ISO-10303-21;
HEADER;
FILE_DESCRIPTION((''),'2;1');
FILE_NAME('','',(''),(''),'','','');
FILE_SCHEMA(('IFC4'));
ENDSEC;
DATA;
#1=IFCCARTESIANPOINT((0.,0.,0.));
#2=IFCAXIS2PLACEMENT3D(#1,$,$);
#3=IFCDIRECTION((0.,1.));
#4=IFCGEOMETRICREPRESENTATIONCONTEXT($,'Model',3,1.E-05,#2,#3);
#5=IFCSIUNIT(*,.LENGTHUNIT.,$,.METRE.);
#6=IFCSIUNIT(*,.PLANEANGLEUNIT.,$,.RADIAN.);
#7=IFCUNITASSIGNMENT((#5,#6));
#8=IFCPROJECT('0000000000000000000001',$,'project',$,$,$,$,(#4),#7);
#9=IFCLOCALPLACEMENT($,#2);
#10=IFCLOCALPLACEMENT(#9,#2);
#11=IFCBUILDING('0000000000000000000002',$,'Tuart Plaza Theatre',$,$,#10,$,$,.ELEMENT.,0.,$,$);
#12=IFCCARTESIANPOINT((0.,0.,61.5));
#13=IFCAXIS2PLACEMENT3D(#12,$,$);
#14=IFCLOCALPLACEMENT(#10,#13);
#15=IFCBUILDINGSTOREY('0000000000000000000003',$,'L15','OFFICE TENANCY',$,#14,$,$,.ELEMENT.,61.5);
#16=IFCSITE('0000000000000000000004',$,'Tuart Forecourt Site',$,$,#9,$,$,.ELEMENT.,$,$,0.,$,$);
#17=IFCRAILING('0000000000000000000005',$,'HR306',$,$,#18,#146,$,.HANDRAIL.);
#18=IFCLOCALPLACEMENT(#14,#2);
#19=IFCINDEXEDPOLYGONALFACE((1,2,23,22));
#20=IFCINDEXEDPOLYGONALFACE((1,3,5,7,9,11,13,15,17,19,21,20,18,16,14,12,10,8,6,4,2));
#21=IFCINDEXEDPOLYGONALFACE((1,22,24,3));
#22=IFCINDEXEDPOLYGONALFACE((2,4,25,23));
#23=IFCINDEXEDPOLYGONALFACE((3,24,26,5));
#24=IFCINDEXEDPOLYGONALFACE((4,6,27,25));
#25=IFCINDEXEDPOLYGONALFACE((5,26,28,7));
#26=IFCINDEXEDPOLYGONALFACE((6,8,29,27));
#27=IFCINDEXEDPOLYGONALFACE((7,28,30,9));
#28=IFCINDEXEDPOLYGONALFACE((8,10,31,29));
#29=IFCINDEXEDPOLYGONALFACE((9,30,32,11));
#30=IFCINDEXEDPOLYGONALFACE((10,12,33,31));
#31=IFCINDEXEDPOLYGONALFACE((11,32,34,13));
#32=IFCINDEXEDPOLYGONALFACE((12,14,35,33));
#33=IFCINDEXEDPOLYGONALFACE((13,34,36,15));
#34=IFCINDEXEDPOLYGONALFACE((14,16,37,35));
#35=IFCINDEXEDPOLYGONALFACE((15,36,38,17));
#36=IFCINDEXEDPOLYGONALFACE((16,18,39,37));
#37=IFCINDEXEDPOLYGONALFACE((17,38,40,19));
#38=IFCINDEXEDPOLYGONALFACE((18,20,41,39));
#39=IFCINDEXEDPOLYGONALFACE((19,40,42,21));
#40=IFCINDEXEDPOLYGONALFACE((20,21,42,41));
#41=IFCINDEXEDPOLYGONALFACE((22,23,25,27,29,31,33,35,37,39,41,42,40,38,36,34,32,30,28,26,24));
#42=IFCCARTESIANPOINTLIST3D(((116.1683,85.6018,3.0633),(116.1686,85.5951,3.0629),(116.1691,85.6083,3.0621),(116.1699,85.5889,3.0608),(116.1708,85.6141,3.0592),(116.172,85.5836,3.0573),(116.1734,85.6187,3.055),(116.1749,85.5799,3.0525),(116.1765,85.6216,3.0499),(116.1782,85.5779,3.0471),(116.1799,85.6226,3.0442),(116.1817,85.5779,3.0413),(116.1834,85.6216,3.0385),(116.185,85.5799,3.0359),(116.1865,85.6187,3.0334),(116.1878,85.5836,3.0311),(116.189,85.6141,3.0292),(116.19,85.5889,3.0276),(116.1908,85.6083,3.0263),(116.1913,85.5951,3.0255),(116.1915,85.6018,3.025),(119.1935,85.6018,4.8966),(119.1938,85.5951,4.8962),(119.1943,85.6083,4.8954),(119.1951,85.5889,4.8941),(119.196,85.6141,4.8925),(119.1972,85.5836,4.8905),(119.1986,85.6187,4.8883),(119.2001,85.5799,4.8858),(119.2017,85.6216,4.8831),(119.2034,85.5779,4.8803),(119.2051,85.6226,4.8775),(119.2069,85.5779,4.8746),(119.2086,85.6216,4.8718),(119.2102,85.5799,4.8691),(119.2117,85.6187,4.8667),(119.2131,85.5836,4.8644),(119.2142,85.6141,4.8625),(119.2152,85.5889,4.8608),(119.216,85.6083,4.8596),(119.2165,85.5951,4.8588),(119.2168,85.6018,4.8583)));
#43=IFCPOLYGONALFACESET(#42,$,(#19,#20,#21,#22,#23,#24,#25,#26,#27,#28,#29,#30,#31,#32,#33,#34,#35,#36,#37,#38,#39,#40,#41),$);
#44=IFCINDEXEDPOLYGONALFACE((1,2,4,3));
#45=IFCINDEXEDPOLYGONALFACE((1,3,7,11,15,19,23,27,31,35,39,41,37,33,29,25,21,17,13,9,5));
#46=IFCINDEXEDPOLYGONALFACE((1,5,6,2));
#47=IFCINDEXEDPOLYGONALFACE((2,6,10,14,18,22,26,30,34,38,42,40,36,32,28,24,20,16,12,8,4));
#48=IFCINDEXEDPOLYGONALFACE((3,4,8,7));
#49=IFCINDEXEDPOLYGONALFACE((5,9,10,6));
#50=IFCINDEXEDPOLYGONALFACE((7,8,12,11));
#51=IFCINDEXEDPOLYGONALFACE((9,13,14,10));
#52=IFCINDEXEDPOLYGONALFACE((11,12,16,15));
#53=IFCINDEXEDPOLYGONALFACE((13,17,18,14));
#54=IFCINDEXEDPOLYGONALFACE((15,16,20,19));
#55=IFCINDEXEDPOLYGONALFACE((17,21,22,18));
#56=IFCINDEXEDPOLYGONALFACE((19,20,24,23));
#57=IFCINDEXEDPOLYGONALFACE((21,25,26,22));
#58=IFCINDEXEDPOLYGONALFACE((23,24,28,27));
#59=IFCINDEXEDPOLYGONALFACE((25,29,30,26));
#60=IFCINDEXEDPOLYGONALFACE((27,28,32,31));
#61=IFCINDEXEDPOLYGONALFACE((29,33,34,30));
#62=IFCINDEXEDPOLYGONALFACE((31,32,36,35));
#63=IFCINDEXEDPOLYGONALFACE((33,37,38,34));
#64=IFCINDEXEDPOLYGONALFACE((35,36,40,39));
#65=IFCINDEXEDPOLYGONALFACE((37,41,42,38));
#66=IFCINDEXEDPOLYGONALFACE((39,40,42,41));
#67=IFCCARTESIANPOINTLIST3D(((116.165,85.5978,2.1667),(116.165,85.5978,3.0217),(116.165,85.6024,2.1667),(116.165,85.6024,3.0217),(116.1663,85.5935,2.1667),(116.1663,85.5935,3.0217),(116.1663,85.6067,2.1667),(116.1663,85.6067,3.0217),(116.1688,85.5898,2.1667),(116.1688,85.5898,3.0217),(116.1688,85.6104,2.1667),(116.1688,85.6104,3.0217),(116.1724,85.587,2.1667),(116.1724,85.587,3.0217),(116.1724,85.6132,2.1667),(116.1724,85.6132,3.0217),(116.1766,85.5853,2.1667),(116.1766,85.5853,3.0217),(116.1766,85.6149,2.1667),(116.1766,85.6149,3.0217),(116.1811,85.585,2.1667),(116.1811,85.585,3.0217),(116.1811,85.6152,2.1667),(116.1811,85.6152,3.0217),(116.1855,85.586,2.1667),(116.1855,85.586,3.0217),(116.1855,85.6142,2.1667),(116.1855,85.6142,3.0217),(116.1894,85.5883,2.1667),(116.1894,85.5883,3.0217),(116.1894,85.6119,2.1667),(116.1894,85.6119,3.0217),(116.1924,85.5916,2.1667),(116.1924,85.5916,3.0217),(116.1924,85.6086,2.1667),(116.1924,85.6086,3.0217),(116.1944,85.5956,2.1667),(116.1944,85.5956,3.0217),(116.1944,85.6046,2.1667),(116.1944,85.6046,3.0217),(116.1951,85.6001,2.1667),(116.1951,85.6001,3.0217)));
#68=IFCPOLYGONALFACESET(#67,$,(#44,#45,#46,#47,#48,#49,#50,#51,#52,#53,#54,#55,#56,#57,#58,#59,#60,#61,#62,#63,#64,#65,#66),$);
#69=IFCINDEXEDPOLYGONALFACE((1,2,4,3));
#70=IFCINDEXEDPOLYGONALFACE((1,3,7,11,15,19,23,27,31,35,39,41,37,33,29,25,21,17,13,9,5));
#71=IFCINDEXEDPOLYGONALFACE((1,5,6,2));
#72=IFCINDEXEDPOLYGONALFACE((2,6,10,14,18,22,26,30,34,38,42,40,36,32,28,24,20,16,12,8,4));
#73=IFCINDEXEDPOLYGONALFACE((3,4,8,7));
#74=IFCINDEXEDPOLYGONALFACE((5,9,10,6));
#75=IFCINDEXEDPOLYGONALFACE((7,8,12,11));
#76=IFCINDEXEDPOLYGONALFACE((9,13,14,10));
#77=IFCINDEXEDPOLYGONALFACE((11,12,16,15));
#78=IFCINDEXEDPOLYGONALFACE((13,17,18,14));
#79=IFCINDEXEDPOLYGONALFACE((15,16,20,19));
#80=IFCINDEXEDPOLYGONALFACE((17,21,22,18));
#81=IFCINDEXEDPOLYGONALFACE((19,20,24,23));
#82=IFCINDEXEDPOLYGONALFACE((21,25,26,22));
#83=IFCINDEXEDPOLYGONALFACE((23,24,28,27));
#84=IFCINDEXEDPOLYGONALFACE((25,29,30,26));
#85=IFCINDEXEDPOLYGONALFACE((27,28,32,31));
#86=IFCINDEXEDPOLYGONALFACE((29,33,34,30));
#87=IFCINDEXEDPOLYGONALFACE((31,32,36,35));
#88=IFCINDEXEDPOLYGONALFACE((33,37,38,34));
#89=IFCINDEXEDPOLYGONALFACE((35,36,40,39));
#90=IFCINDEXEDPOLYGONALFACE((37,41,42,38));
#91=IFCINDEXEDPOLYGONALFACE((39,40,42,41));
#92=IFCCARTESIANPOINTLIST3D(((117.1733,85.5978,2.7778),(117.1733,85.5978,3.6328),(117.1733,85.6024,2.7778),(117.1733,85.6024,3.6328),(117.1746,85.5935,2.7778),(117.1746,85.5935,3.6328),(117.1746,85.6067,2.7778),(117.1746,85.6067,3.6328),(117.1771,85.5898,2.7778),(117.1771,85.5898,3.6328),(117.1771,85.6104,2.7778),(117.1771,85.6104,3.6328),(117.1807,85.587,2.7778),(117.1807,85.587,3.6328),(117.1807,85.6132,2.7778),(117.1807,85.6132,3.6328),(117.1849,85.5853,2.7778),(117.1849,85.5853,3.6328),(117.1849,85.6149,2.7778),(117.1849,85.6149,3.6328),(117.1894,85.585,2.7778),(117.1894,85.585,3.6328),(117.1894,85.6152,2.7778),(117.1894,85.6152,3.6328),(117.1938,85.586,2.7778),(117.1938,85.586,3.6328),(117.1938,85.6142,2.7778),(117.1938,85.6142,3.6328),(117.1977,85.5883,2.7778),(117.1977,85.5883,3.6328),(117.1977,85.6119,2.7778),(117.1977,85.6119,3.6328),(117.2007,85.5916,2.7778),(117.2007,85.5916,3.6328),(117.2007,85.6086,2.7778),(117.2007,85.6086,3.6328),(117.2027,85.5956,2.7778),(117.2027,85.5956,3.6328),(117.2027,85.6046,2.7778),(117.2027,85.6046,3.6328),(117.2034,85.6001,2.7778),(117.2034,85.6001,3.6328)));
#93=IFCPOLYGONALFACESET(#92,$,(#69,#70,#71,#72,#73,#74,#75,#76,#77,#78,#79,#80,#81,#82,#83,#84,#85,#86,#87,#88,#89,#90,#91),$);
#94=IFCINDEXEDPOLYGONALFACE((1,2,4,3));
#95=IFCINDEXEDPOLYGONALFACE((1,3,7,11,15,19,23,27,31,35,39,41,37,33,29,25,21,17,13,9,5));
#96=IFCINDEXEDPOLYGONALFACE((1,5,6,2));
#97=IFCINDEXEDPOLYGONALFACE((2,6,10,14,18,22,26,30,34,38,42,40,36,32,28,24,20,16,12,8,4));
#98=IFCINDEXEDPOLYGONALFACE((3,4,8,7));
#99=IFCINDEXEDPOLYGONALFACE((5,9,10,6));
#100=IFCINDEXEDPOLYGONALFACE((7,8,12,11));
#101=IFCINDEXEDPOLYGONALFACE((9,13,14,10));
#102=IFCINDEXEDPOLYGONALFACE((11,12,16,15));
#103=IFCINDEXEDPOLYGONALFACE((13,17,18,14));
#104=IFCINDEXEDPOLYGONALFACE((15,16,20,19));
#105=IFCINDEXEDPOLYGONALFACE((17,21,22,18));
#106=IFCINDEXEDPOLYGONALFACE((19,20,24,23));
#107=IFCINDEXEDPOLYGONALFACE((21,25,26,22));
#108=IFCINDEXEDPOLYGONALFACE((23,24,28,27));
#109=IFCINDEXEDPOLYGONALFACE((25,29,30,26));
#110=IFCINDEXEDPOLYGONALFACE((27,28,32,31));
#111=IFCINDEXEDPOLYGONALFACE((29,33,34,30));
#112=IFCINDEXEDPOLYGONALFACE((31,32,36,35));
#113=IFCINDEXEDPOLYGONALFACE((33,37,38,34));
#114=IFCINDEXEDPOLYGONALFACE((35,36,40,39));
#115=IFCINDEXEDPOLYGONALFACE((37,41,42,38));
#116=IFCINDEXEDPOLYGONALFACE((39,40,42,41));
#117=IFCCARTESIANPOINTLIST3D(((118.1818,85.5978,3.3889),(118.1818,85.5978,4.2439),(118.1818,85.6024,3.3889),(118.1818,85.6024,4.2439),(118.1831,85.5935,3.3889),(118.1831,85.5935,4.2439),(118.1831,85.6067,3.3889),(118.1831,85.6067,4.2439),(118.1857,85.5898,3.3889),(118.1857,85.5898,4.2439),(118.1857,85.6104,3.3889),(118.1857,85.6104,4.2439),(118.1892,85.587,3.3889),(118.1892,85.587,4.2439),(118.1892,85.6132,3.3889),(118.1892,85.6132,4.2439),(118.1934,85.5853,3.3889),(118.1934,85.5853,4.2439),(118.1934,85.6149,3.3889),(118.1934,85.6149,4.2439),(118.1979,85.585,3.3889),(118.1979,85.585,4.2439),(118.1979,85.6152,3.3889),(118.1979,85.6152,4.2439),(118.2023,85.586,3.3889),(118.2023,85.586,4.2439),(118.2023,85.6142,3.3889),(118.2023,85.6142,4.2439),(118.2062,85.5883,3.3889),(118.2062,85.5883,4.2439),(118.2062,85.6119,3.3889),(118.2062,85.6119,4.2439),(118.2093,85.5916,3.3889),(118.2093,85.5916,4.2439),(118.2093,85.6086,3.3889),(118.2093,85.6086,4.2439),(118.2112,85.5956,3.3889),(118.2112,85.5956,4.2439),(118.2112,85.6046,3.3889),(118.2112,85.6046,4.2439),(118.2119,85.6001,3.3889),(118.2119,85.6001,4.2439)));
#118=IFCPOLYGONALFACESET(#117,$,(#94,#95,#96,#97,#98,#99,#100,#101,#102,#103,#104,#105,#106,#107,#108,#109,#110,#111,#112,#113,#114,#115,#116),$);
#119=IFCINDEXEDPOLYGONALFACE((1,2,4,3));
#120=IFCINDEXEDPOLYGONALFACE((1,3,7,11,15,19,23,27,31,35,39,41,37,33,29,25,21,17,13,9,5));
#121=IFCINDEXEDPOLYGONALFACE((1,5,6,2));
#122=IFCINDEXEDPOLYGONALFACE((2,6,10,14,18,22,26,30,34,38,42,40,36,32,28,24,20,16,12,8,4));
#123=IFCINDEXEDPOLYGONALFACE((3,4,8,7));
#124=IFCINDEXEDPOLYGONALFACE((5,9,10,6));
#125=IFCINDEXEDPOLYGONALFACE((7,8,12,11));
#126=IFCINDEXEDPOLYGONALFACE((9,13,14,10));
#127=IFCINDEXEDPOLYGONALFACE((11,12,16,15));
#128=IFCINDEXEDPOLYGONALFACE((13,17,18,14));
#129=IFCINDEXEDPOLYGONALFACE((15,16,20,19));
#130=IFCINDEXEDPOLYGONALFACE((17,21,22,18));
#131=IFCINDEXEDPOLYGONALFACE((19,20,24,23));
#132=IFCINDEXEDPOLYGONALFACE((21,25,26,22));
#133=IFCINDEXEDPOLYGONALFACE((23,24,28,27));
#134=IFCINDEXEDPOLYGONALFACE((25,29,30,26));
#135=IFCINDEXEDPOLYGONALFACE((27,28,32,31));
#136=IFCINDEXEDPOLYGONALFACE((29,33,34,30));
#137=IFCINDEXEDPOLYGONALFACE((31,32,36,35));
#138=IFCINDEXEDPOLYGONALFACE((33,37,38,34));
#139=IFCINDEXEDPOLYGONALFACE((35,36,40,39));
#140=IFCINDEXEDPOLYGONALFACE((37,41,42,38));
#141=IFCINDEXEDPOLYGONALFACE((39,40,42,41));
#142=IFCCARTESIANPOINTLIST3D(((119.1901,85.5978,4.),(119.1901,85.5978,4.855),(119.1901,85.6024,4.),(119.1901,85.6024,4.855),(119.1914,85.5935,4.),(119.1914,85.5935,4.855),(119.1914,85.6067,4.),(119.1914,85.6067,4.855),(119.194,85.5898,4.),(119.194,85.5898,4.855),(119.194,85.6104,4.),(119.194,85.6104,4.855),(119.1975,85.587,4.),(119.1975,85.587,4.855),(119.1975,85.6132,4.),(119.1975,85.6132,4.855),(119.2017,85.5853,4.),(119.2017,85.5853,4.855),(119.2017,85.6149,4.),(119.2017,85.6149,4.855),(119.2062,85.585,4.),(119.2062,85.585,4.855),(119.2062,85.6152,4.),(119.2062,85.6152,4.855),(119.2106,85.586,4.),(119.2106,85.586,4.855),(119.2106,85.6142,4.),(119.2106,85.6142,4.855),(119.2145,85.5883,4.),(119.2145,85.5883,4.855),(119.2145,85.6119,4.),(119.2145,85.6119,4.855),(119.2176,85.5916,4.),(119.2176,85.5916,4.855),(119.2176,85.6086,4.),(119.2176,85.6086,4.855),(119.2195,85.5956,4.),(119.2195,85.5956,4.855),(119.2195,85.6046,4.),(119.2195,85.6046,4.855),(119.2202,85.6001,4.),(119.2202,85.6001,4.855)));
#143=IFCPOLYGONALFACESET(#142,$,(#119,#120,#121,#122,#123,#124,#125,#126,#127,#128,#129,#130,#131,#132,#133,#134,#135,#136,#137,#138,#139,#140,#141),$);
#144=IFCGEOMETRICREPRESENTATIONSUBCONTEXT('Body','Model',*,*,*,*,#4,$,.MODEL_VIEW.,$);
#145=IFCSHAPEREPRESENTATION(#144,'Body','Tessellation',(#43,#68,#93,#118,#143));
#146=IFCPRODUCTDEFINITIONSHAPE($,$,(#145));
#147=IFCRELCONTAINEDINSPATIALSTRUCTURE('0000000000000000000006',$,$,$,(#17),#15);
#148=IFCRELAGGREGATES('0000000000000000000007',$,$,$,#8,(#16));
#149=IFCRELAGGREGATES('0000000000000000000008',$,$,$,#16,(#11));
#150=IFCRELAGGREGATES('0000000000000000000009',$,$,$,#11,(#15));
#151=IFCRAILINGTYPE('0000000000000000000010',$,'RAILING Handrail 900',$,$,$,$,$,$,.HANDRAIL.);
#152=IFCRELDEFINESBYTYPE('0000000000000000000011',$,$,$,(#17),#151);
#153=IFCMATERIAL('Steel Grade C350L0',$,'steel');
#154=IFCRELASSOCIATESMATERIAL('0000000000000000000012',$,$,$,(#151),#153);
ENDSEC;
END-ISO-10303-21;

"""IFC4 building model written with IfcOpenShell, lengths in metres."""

from ifc_helpers import new_model, si_unit, direction, frame, origin, origin_2d, place, context, subcontext, project, spatial, circle, extrude, material, type_object, element, save


model = new_model("IFC4")

# Units and contexts
model_context = context("Model", 3, precision=1e-05, world=origin(), true_north=direction((0.0, 1.0)))
body_context = subcontext(model_context, "Body", "Model", "MODEL_VIEW")
ifc_project = project(units=[si_unit("LENGTHUNIT", "METRE"), si_unit("PLANEANGLEUNIT", "RADIAN")], contexts=[model_context])

# Site, building, storey
site_placement = place(None, origin())
site = spatial("IfcSite", under=ifc_project, at=site_placement, Name="Tuart Forecourt Site", CompositionType="ELEMENT", RefElevation=0.0)
building_placement = place(site_placement, origin())
building = spatial("IfcBuilding", under=site, at=building_placement, Name="Tuart Plaza Theatre", CompositionType="ELEMENT", ElevationOfRefHeight=0.0)
storey_placement = place(building_placement, frame((0.0, 0.0, 61.5)))
storey = spatial("IfcBuildingStorey", under=building, at=storey_placement, Name="L15", Description="OFFICE TENANCY", CompositionType="ELEMENT", Elevation=61.5)

# Railing
ifc_material_1 = material(Name="Steel Grade C350L0", Category="steel")
railing_type_1 = type_object("IfcRailingType", Name="RAILING Handrail 900", PredefinedType="HANDRAIL", material=ifc_material_1)
railing_1_placement = place(storey_placement, frame((116.1799, 85.6001, 2.1667)))
element("IfcRailing", 1, at=railing_1_placement, inside=storey, type_object=railing_type_1, Name="HR306", PredefinedType="HANDRAIL", context=body_context, shape_type="SweptSolid", body=[
    extrude(circle(Radius=0.0225, at=origin_2d()), frame((0.0, 0.0, 0.8774), z_axis=(0.855219, 0.0, 0.518267), x_axis=(0.0, 1.0, 0.0)), (0.0, 0.0, 1.0), 3.5374),
    extrude(circle(Radius=0.0151, at=origin_2d()), origin(), (0.0, 0.0, 1.0), 0.855),
    extrude(circle(Radius=0.0151, at=origin_2d()), frame((1.0083, 0.0, 0.6111)), (0.0, 0.0, 1.0), 0.855),
    extrude(circle(Radius=0.0151, at=origin_2d()), frame((2.0168, 0.0, 1.2222)), (0.0, 0.0, 1.0), 0.855),
    extrude(circle(Radius=0.0151, at=origin_2d()), frame((3.0251, 0.0, 1.8333)), (0.0, 0.0, 1.0), 0.855),
])

save(model, "model.ifc")
